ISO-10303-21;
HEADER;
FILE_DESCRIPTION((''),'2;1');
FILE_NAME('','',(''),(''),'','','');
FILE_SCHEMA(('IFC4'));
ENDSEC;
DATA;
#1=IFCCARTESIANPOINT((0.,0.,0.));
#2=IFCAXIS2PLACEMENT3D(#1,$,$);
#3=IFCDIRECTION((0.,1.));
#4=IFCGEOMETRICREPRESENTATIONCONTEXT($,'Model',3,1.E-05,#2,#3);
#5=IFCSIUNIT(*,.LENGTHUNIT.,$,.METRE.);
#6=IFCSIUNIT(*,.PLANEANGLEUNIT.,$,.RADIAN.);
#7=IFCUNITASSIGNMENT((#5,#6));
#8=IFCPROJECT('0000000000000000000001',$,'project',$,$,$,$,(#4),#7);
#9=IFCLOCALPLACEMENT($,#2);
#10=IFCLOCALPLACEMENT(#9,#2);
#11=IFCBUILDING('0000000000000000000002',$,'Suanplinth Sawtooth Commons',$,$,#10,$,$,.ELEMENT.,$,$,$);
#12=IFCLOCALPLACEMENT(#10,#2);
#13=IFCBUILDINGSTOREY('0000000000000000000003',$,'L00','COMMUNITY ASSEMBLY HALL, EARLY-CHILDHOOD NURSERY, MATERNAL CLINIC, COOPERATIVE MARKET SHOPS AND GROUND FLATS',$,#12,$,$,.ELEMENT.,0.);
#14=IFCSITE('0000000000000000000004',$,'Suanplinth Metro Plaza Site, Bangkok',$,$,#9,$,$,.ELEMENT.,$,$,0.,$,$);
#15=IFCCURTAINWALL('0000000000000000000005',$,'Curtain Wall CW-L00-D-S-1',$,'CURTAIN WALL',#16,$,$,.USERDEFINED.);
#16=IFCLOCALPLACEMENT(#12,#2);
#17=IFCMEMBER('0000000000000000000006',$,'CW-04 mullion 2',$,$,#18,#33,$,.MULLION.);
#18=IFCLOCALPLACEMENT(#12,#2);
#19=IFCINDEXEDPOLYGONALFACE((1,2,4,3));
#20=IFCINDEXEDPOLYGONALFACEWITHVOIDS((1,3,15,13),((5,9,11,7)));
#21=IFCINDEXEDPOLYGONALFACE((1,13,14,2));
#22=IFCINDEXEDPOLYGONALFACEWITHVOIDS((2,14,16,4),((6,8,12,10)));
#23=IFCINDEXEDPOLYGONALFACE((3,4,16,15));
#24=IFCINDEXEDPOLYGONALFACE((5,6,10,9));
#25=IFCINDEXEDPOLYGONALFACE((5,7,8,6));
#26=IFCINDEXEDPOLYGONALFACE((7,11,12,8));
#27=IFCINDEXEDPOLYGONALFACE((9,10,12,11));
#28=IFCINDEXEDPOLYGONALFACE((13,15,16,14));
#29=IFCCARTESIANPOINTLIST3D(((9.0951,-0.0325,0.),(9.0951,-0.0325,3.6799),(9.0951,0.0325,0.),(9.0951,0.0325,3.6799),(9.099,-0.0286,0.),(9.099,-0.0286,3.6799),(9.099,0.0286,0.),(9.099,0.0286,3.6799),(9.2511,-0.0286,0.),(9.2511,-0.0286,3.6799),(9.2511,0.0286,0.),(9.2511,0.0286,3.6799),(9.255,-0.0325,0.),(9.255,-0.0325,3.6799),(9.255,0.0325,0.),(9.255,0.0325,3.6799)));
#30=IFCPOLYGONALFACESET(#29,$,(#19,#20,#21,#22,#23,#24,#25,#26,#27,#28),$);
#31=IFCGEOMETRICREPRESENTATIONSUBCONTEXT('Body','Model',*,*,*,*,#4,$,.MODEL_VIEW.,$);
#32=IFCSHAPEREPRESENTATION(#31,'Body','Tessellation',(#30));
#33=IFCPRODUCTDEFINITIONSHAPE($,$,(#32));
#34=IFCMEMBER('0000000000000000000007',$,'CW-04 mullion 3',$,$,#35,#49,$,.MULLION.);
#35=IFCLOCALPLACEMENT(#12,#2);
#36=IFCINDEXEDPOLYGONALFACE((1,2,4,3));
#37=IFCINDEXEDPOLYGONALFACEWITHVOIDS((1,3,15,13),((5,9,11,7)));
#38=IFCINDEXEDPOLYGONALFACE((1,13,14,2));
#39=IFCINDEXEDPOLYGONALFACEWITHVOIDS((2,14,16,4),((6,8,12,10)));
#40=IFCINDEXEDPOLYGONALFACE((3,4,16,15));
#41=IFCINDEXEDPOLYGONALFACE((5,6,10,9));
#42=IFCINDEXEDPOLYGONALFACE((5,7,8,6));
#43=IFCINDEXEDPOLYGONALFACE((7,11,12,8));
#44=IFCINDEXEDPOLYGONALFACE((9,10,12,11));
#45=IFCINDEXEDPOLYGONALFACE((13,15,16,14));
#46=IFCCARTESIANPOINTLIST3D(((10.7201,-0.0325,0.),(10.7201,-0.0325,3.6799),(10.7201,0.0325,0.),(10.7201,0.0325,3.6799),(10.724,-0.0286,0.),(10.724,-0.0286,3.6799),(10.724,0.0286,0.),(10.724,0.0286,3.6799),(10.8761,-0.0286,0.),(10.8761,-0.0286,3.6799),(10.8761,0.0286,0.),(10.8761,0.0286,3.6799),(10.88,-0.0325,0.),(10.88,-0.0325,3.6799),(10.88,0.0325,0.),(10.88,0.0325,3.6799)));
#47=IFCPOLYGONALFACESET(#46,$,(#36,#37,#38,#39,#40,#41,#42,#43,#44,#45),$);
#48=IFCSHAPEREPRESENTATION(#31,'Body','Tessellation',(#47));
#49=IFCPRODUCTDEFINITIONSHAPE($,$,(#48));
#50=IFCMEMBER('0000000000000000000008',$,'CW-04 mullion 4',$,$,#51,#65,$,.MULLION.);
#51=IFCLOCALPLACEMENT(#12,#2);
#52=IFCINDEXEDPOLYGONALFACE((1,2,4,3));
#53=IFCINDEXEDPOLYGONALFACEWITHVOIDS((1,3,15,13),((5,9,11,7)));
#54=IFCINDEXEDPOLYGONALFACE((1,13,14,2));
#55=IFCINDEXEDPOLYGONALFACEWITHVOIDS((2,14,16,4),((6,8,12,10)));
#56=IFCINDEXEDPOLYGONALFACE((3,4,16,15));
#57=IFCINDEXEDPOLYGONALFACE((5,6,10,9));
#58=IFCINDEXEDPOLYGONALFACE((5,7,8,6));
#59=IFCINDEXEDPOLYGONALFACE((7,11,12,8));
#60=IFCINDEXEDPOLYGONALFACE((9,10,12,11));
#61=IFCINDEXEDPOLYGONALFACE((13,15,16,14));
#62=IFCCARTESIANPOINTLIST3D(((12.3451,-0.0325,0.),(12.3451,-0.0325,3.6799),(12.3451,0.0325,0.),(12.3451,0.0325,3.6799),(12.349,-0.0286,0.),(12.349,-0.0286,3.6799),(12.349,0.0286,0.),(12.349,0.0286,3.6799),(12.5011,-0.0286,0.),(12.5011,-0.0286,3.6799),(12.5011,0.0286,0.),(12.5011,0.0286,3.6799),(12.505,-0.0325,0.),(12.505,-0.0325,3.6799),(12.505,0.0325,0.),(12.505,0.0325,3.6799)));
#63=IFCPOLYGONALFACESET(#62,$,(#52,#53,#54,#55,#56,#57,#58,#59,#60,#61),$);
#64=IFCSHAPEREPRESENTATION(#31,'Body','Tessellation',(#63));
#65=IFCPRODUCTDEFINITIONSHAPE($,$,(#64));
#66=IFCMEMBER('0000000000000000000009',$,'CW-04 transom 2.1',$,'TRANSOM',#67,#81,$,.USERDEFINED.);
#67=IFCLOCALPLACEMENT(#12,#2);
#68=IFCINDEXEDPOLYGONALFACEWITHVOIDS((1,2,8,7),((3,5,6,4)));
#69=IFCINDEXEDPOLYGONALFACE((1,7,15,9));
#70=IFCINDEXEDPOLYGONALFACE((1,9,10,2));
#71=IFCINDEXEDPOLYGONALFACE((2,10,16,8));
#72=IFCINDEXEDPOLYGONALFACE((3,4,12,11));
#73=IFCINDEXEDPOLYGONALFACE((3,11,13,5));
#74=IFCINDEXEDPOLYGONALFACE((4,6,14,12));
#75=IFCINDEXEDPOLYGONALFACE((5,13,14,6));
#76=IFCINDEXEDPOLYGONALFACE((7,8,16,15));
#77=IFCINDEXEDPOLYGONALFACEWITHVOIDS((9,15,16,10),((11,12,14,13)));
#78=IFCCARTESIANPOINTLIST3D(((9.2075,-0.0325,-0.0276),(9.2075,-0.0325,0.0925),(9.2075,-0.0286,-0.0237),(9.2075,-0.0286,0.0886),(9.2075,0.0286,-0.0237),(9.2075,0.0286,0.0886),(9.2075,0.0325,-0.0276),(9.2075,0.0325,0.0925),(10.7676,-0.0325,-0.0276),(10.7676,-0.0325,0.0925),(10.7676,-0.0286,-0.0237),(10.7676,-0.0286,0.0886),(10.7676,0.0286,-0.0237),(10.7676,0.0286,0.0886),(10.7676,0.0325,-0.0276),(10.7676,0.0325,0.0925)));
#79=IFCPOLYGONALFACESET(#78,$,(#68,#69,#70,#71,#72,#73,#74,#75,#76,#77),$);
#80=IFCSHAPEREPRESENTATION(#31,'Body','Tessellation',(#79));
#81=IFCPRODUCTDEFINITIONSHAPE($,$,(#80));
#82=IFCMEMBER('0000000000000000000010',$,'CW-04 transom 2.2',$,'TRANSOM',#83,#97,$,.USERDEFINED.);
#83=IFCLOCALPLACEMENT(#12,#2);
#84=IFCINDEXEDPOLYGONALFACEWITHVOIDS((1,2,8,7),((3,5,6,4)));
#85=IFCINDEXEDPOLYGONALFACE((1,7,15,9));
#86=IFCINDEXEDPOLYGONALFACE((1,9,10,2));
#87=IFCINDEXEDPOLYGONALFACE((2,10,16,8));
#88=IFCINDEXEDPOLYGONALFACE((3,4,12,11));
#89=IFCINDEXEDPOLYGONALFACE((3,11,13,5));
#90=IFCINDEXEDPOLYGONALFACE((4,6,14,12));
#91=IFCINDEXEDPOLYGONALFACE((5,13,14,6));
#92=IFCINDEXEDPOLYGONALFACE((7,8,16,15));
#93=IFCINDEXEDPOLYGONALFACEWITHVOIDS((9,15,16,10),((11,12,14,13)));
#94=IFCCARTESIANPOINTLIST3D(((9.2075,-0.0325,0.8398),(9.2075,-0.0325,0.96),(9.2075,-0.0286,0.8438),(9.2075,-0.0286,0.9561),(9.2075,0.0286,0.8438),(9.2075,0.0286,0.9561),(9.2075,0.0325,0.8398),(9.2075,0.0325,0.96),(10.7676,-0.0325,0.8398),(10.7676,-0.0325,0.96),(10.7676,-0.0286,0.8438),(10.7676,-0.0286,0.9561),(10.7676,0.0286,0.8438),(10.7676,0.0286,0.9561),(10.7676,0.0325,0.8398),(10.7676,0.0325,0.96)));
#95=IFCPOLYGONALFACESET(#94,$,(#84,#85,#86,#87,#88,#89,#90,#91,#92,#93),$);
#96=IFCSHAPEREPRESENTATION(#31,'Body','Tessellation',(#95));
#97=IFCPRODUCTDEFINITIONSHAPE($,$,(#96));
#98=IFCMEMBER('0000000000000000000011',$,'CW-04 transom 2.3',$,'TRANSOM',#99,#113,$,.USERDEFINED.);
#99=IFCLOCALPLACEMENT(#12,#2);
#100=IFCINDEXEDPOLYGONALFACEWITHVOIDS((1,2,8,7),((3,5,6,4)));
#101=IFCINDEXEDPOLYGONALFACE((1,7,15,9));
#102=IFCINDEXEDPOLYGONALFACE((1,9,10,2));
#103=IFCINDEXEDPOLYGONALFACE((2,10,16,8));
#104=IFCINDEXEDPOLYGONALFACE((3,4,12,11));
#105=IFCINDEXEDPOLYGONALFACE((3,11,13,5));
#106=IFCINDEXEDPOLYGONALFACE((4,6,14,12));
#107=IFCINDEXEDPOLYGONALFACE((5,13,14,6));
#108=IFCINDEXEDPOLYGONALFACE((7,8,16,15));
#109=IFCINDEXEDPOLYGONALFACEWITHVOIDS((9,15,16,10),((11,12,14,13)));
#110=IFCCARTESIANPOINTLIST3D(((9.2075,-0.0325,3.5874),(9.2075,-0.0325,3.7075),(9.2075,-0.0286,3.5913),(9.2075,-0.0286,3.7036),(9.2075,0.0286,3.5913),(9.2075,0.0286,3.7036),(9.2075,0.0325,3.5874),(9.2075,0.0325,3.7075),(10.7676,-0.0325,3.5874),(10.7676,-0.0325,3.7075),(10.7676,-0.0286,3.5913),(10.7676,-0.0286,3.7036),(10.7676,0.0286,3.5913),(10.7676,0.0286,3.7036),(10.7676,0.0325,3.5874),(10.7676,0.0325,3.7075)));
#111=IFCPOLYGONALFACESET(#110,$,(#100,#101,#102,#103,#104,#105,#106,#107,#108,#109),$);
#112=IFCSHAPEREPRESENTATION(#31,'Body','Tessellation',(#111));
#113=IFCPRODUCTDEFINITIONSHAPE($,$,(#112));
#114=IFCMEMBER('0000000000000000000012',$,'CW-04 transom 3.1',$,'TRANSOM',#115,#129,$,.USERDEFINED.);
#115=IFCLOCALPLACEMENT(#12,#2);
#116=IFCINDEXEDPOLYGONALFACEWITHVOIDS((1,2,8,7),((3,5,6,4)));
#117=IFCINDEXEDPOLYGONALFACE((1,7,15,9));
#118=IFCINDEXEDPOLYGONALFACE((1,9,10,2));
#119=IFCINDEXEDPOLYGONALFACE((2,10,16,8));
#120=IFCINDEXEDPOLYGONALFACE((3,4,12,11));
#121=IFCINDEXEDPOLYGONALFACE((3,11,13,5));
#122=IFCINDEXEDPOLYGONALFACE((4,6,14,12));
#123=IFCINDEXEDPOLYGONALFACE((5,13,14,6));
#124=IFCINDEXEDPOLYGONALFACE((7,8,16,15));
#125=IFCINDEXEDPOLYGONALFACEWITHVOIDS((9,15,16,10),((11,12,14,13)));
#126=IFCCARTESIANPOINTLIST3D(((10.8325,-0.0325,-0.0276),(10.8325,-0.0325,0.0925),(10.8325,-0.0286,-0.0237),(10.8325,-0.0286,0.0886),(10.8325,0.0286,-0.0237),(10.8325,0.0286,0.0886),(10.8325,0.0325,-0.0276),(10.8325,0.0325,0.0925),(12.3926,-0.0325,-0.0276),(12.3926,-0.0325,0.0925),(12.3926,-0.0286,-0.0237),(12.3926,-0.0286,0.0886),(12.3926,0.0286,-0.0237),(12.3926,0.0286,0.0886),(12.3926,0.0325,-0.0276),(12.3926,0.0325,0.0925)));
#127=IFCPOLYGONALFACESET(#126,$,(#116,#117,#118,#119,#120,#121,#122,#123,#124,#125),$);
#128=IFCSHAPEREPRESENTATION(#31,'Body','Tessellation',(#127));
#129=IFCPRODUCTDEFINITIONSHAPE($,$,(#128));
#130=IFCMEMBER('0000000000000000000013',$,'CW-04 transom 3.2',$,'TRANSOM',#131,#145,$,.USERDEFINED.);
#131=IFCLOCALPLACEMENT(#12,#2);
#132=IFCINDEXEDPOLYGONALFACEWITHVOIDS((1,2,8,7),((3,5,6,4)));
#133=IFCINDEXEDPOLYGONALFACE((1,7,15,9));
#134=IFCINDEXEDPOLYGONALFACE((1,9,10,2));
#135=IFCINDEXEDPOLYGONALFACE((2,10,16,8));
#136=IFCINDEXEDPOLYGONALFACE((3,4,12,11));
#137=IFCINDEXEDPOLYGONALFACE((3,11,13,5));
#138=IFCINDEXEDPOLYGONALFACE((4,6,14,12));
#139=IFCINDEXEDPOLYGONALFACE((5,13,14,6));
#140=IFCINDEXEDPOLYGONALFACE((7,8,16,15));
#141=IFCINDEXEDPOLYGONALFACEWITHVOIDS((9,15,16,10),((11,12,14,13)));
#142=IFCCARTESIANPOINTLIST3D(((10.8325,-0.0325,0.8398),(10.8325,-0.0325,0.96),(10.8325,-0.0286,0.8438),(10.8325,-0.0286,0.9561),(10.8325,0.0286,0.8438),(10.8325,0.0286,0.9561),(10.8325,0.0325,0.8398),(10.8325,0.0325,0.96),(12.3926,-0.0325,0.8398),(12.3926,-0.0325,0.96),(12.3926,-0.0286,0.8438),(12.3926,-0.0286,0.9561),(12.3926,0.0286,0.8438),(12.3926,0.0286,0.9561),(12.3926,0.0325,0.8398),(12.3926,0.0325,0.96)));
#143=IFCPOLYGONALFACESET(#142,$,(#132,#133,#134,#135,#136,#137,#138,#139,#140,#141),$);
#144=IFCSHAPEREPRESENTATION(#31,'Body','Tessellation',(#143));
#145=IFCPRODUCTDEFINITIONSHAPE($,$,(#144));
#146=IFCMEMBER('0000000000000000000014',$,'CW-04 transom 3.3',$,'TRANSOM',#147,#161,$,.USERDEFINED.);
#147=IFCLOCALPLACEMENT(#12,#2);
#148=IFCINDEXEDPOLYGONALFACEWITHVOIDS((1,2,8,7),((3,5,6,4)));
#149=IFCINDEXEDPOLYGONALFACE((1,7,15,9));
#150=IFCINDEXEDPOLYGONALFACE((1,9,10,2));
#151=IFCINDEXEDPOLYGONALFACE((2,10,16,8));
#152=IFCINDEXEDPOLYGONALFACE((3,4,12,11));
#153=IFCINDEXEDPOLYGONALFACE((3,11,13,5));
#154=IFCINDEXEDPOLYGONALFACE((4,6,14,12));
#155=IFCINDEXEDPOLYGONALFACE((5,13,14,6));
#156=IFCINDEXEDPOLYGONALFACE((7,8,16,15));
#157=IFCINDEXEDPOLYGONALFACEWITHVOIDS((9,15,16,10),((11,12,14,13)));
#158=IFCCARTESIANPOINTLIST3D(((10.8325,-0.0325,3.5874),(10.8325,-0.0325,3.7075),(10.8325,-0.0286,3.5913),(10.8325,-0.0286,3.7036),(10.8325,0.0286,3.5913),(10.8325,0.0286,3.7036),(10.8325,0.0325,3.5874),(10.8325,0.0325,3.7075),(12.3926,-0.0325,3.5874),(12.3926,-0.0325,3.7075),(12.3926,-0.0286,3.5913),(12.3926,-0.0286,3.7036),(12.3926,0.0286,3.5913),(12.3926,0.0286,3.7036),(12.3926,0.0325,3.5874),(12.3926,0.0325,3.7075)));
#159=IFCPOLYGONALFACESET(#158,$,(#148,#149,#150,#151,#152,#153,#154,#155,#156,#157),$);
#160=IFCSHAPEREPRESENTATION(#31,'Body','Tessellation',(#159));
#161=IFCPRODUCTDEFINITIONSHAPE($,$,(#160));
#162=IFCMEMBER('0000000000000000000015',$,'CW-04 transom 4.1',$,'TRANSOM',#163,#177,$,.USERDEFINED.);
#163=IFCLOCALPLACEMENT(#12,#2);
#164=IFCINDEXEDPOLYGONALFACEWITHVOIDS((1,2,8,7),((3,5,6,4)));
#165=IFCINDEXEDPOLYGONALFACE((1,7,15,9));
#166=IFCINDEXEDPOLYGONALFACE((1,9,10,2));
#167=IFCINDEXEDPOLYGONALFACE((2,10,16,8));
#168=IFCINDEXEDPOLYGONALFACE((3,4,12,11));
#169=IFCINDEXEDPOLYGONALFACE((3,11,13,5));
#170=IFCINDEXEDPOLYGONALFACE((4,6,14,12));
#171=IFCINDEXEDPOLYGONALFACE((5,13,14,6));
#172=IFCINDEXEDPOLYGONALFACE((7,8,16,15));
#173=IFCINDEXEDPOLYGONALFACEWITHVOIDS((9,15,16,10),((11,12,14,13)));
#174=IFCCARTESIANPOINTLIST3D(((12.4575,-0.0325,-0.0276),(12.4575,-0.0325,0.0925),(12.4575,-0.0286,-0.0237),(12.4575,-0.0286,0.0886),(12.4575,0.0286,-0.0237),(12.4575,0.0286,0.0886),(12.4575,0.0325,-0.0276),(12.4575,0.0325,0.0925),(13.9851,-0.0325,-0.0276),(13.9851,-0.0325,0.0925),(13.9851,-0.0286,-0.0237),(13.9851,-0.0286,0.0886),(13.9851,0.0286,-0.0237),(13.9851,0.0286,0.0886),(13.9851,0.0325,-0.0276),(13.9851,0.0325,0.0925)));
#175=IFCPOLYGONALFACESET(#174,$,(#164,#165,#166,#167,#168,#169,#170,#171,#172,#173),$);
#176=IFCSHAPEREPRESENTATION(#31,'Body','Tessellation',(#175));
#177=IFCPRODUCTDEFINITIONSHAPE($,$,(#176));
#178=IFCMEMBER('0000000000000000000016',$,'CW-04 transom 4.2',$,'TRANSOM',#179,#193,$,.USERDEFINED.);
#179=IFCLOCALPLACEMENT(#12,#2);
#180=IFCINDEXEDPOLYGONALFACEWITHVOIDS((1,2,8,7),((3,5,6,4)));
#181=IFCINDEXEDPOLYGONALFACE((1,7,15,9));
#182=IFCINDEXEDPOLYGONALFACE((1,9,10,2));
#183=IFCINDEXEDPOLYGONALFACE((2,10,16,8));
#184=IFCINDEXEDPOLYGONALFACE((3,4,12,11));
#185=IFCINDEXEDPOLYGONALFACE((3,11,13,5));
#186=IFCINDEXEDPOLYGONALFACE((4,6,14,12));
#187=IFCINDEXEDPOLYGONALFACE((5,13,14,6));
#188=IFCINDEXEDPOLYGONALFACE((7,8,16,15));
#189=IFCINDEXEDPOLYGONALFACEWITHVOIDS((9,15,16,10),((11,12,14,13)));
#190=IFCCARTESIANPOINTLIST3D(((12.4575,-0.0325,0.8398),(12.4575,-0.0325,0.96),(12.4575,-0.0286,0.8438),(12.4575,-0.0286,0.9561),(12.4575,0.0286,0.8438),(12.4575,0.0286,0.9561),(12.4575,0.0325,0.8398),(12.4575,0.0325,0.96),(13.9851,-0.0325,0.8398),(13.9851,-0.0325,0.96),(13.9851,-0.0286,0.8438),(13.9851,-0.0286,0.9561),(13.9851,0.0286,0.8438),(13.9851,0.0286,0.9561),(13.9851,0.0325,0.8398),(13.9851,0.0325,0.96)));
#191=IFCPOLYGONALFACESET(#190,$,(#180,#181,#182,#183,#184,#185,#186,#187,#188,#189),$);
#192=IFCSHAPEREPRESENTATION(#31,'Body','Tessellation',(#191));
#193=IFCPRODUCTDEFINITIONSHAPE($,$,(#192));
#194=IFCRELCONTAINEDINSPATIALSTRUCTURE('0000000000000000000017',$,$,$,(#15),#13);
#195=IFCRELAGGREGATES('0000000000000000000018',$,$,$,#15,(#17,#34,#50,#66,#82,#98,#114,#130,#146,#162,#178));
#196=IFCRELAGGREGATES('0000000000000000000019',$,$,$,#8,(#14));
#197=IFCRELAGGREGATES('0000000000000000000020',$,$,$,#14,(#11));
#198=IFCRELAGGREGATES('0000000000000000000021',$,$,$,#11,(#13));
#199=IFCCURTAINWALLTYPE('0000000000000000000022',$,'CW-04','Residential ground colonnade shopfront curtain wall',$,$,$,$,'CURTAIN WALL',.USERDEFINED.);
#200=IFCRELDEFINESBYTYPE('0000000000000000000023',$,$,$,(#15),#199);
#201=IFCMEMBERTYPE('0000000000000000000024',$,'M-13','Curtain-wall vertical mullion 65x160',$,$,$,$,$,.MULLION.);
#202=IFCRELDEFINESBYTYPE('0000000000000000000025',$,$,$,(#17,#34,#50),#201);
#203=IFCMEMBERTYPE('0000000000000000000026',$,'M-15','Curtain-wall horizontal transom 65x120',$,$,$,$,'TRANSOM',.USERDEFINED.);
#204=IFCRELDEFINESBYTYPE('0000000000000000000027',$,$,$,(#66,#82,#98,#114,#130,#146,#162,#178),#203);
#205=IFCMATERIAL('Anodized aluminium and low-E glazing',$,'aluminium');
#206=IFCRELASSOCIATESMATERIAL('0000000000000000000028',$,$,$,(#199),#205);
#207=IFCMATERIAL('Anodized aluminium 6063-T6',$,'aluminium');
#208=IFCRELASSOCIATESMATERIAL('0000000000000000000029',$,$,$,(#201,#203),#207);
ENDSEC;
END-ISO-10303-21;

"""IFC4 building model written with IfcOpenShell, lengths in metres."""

from ifc_helpers import new_model, si_unit, direction, frame, origin, origin_2d, place, context, subcontext, project, spatial, hollow_rectangle, extrude, material, material_profile, profile_set, type_object, element, aggregate, save


model = new_model("IFC4")

# Units and contexts
model_context = context("Model", 3, precision=1e-05, world=origin(), true_north=direction((0.0, 1.0)))
body_context = subcontext(model_context, "Body", "Model", "MODEL_VIEW")
ifc_project = project(units=[si_unit("LENGTHUNIT", "METRE"), si_unit("PLANEANGLEUNIT", "RADIAN")], contexts=[model_context])

# Site, building, storey
site_placement = place(None, origin())
site = spatial("IfcSite", under=ifc_project, at=site_placement, Name="Suanplinth Metro Plaza Site, Bangkok", CompositionType="ELEMENT", RefElevation=0.0)
building_placement = place(site_placement, origin())
building = spatial("IfcBuilding", under=site, at=building_placement, Name="Suanplinth Sawtooth Commons", CompositionType="ELEMENT")
storey_placement = place(building_placement, origin())
storey = spatial("IfcBuildingStorey", under=building, at=storey_placement, Name="L00", Description="COMMUNITY ASSEMBLY HALL, EARLY-CHILDHOOD NURSERY, MATERNAL CLINIC, COOPERATIVE MARKET SHOPS AND GROUND FLATS", CompositionType="ELEMENT", Elevation=0.0)

# Curtain wall, members
ifc_material_1 = material(Name="Anodized aluminium and low-E glazing", Category="aluminium")
curtain_wall_type = type_object("IfcCurtainWallType", Name="CW-04", Description="Residential ground colonnade shopfront curtain wall", ElementType="CURTAIN WALL", PredefinedType="USERDEFINED", material=ifc_material_1)
curtain_wall_placement = place(storey_placement, origin())
curtain_wall = element("IfcCurtainWall", 1, at=curtain_wall_placement, inside=storey, type_object=curtain_wall_type, Name="Curtain Wall CW-L00-D-S-1", ObjectType="CURTAIN WALL", PredefinedType="USERDEFINED")
ifc_material_2 = material(Name="Anodized aluminium 6063-T6", Category="aluminium")
ifc_material_profile_1 = material_profile(ifc_material_2, hollow_rectangle(XDim=0.0649, YDim=0.1599, WallThickness=0.0039, at=origin_2d()), Name="ALU-MUL 65x160")
ifc_profile_set_1 = profile_set([ifc_material_profile_1], Name="Anodized aluminium 6063-T6")
member_type_1 = type_object("IfcMemberType", Name="M-13", Description="Curtain-wall vertical mullion 65x160", PredefinedType="MULLION", material=ifc_profile_set_1)
member_1_placement = place(storey_placement, frame((9.175, 0.0, 0.0), z_axis=(0.0, 0.0, 1.0), x_axis=(0.0, 1.0, 0.0)))
member_1 = element("IfcMember", 2, at=member_1_placement, type_object=member_type_1, Name="CW-04 mullion 2", PredefinedType="MULLION", context=body_context, shape_type="SweptSolid", body=[
    extrude(hollow_rectangle(XDim=0.0649, YDim=0.1599, WallThickness=0.0039, at=origin_2d()), origin(), (0.0, 0.0, 1.0), 3.6799),
])
member_2_placement = place(storey_placement, frame((10.8, 0.0, 0.0), z_axis=(0.0, 0.0, 1.0), x_axis=(0.0, 1.0, 0.0)))
member_2 = element("IfcMember", 3, at=member_2_placement, type_object=member_type_1, Name="CW-04 mullion 3", PredefinedType="MULLION", context=body_context, shape_type="SweptSolid", body=[
    extrude(hollow_rectangle(XDim=0.0649, YDim=0.1599, WallThickness=0.0039, at=origin_2d()), origin(), (0.0, 0.0, 1.0), 3.6799),
])
member_3_placement = place(storey_placement, frame((12.425, 0.0, 0.0), z_axis=(0.0, 0.0, 1.0), x_axis=(0.0, 1.0, 0.0)))
member_3 = element("IfcMember", 4, at=member_3_placement, type_object=member_type_1, Name="CW-04 mullion 4", PredefinedType="MULLION", context=body_context, shape_type="SweptSolid", body=[
    extrude(hollow_rectangle(XDim=0.0649, YDim=0.1599, WallThickness=0.0039, at=origin_2d()), origin(), (0.0, 0.0, 1.0), 3.6799),
])
ifc_material_profile_2 = material_profile(ifc_material_2, hollow_rectangle(XDim=0.0649, YDim=0.1201, WallThickness=0.0039, at=origin_2d()), Name="ALU-TRN 65x120")
ifc_profile_set_2 = profile_set([ifc_material_profile_2], Name="Anodized aluminium 6063-T6")
member_type_2 = type_object("IfcMemberType", Name="M-15", Description="Curtain-wall horizontal transom 65x120", ElementType="TRANSOM", PredefinedType="USERDEFINED", material=ifc_profile_set_2)
member_4_placement = place(storey_placement, frame((9.2075, 0.0, 0.0325), z_axis=(1.0, 0.0, 0.0), x_axis=(0.0, 1.0, 0.0)))
member_4 = element("IfcMember", 5, at=member_4_placement, type_object=member_type_2, Name="CW-04 transom 2.1", ObjectType="TRANSOM", PredefinedType="USERDEFINED", context=body_context, shape_type="SweptSolid", body=[
    extrude(hollow_rectangle(XDim=0.0649, YDim=0.1201, WallThickness=0.0039, at=origin_2d()), origin(), (0.0, 0.0, 1.0), 1.5601),
])
member_5_placement = place(storey_placement, frame((9.2075, 0.0, 0.8999), z_axis=(1.0, 0.0, 0.0), x_axis=(0.0, 1.0, 0.0)))
member_5 = element("IfcMember", 6, at=member_5_placement, type_object=member_type_2, Name="CW-04 transom 2.2", ObjectType="TRANSOM", PredefinedType="USERDEFINED", context=body_context, shape_type="SweptSolid", body=[
    extrude(hollow_rectangle(XDim=0.0649, YDim=0.1201, WallThickness=0.0039, at=origin_2d()), origin(), (0.0, 0.0, 1.0), 1.5601),
])
member_6_placement = place(storey_placement, frame((9.2075, 0.0, 3.6475), z_axis=(1.0, 0.0, 0.0), x_axis=(0.0, 1.0, 0.0)))
member_6 = element("IfcMember", 7, at=member_6_placement, type_object=member_type_2, Name="CW-04 transom 2.3", ObjectType="TRANSOM", PredefinedType="USERDEFINED", context=body_context, shape_type="SweptSolid", body=[
    extrude(hollow_rectangle(XDim=0.0649, YDim=0.1201, WallThickness=0.0039, at=origin_2d()), origin(), (0.0, 0.0, 1.0), 1.5601),
])
member_7_placement = place(storey_placement, frame((10.8325, 0.0, 0.0325), z_axis=(1.0, 0.0, 0.0), x_axis=(0.0, 1.0, 0.0)))
member_7 = element("IfcMember", 8, at=member_7_placement, type_object=member_type_2, Name="CW-04 transom 3.1", ObjectType="TRANSOM", PredefinedType="USERDEFINED", context=body_context, shape_type="SweptSolid", body=[
    extrude(hollow_rectangle(XDim=0.0649, YDim=0.1201, WallThickness=0.0039, at=origin_2d()), origin(), (0.0, 0.0, 1.0), 1.5601),
])
member_8_placement = place(storey_placement, frame((10.8325, 0.0, 0.8999), z_axis=(1.0, 0.0, 0.0), x_axis=(0.0, 1.0, 0.0)))
member_8 = element("IfcMember", 9, at=member_8_placement, type_object=member_type_2, Name="CW-04 transom 3.2", ObjectType="TRANSOM", PredefinedType="USERDEFINED", context=body_context, shape_type="SweptSolid", body=[
    extrude(hollow_rectangle(XDim=0.0649, YDim=0.1201, WallThickness=0.0039, at=origin_2d()), origin(), (0.0, 0.0, 1.0), 1.5601),
])
member_9_placement = place(storey_placement, frame((10.8325, 0.0, 3.6475), z_axis=(1.0, 0.0, 0.0), x_axis=(0.0, 1.0, 0.0)))
member_9 = element("IfcMember", 10, at=member_9_placement, type_object=member_type_2, Name="CW-04 transom 3.3", ObjectType="TRANSOM", PredefinedType="USERDEFINED", context=body_context, shape_type="SweptSolid", body=[
    extrude(hollow_rectangle(XDim=0.0649, YDim=0.1201, WallThickness=0.0039, at=origin_2d()), origin(), (0.0, 0.0, 1.0), 1.5601),
])
member_10_placement = place(storey_placement, frame((12.4575, 0.0, 0.0325), z_axis=(1.0, 0.0, 0.0), x_axis=(0.0, 1.0, 0.0)))
member_10 = element("IfcMember", 11, at=member_10_placement, type_object=member_type_2, Name="CW-04 transom 4.1", ObjectType="TRANSOM", PredefinedType="USERDEFINED", context=body_context, shape_type="SweptSolid", body=[
    extrude(hollow_rectangle(XDim=0.0649, YDim=0.1201, WallThickness=0.0039, at=origin_2d()), origin(), (0.0, 0.0, 1.0), 1.5276),
])
member_11_placement = place(storey_placement, frame((12.4575, 0.0, 0.8999), z_axis=(1.0, 0.0, 0.0), x_axis=(0.0, 1.0, 0.0)))
member_11 = element("IfcMember", 12, at=member_11_placement, type_object=member_type_2, Name="CW-04 transom 4.2", ObjectType="TRANSOM", PredefinedType="USERDEFINED", context=body_context, shape_type="SweptSolid", body=[
    extrude(hollow_rectangle(XDim=0.0649, YDim=0.1201, WallThickness=0.0039, at=origin_2d()), origin(), (0.0, 0.0, 1.0), 1.5276),
])
aggregate(curtain_wall, [member_1, member_2, member_3, member_4, member_5, member_6, member_7, member_8, member_9, member_10, member_11])

save(model, "model.ifc")
